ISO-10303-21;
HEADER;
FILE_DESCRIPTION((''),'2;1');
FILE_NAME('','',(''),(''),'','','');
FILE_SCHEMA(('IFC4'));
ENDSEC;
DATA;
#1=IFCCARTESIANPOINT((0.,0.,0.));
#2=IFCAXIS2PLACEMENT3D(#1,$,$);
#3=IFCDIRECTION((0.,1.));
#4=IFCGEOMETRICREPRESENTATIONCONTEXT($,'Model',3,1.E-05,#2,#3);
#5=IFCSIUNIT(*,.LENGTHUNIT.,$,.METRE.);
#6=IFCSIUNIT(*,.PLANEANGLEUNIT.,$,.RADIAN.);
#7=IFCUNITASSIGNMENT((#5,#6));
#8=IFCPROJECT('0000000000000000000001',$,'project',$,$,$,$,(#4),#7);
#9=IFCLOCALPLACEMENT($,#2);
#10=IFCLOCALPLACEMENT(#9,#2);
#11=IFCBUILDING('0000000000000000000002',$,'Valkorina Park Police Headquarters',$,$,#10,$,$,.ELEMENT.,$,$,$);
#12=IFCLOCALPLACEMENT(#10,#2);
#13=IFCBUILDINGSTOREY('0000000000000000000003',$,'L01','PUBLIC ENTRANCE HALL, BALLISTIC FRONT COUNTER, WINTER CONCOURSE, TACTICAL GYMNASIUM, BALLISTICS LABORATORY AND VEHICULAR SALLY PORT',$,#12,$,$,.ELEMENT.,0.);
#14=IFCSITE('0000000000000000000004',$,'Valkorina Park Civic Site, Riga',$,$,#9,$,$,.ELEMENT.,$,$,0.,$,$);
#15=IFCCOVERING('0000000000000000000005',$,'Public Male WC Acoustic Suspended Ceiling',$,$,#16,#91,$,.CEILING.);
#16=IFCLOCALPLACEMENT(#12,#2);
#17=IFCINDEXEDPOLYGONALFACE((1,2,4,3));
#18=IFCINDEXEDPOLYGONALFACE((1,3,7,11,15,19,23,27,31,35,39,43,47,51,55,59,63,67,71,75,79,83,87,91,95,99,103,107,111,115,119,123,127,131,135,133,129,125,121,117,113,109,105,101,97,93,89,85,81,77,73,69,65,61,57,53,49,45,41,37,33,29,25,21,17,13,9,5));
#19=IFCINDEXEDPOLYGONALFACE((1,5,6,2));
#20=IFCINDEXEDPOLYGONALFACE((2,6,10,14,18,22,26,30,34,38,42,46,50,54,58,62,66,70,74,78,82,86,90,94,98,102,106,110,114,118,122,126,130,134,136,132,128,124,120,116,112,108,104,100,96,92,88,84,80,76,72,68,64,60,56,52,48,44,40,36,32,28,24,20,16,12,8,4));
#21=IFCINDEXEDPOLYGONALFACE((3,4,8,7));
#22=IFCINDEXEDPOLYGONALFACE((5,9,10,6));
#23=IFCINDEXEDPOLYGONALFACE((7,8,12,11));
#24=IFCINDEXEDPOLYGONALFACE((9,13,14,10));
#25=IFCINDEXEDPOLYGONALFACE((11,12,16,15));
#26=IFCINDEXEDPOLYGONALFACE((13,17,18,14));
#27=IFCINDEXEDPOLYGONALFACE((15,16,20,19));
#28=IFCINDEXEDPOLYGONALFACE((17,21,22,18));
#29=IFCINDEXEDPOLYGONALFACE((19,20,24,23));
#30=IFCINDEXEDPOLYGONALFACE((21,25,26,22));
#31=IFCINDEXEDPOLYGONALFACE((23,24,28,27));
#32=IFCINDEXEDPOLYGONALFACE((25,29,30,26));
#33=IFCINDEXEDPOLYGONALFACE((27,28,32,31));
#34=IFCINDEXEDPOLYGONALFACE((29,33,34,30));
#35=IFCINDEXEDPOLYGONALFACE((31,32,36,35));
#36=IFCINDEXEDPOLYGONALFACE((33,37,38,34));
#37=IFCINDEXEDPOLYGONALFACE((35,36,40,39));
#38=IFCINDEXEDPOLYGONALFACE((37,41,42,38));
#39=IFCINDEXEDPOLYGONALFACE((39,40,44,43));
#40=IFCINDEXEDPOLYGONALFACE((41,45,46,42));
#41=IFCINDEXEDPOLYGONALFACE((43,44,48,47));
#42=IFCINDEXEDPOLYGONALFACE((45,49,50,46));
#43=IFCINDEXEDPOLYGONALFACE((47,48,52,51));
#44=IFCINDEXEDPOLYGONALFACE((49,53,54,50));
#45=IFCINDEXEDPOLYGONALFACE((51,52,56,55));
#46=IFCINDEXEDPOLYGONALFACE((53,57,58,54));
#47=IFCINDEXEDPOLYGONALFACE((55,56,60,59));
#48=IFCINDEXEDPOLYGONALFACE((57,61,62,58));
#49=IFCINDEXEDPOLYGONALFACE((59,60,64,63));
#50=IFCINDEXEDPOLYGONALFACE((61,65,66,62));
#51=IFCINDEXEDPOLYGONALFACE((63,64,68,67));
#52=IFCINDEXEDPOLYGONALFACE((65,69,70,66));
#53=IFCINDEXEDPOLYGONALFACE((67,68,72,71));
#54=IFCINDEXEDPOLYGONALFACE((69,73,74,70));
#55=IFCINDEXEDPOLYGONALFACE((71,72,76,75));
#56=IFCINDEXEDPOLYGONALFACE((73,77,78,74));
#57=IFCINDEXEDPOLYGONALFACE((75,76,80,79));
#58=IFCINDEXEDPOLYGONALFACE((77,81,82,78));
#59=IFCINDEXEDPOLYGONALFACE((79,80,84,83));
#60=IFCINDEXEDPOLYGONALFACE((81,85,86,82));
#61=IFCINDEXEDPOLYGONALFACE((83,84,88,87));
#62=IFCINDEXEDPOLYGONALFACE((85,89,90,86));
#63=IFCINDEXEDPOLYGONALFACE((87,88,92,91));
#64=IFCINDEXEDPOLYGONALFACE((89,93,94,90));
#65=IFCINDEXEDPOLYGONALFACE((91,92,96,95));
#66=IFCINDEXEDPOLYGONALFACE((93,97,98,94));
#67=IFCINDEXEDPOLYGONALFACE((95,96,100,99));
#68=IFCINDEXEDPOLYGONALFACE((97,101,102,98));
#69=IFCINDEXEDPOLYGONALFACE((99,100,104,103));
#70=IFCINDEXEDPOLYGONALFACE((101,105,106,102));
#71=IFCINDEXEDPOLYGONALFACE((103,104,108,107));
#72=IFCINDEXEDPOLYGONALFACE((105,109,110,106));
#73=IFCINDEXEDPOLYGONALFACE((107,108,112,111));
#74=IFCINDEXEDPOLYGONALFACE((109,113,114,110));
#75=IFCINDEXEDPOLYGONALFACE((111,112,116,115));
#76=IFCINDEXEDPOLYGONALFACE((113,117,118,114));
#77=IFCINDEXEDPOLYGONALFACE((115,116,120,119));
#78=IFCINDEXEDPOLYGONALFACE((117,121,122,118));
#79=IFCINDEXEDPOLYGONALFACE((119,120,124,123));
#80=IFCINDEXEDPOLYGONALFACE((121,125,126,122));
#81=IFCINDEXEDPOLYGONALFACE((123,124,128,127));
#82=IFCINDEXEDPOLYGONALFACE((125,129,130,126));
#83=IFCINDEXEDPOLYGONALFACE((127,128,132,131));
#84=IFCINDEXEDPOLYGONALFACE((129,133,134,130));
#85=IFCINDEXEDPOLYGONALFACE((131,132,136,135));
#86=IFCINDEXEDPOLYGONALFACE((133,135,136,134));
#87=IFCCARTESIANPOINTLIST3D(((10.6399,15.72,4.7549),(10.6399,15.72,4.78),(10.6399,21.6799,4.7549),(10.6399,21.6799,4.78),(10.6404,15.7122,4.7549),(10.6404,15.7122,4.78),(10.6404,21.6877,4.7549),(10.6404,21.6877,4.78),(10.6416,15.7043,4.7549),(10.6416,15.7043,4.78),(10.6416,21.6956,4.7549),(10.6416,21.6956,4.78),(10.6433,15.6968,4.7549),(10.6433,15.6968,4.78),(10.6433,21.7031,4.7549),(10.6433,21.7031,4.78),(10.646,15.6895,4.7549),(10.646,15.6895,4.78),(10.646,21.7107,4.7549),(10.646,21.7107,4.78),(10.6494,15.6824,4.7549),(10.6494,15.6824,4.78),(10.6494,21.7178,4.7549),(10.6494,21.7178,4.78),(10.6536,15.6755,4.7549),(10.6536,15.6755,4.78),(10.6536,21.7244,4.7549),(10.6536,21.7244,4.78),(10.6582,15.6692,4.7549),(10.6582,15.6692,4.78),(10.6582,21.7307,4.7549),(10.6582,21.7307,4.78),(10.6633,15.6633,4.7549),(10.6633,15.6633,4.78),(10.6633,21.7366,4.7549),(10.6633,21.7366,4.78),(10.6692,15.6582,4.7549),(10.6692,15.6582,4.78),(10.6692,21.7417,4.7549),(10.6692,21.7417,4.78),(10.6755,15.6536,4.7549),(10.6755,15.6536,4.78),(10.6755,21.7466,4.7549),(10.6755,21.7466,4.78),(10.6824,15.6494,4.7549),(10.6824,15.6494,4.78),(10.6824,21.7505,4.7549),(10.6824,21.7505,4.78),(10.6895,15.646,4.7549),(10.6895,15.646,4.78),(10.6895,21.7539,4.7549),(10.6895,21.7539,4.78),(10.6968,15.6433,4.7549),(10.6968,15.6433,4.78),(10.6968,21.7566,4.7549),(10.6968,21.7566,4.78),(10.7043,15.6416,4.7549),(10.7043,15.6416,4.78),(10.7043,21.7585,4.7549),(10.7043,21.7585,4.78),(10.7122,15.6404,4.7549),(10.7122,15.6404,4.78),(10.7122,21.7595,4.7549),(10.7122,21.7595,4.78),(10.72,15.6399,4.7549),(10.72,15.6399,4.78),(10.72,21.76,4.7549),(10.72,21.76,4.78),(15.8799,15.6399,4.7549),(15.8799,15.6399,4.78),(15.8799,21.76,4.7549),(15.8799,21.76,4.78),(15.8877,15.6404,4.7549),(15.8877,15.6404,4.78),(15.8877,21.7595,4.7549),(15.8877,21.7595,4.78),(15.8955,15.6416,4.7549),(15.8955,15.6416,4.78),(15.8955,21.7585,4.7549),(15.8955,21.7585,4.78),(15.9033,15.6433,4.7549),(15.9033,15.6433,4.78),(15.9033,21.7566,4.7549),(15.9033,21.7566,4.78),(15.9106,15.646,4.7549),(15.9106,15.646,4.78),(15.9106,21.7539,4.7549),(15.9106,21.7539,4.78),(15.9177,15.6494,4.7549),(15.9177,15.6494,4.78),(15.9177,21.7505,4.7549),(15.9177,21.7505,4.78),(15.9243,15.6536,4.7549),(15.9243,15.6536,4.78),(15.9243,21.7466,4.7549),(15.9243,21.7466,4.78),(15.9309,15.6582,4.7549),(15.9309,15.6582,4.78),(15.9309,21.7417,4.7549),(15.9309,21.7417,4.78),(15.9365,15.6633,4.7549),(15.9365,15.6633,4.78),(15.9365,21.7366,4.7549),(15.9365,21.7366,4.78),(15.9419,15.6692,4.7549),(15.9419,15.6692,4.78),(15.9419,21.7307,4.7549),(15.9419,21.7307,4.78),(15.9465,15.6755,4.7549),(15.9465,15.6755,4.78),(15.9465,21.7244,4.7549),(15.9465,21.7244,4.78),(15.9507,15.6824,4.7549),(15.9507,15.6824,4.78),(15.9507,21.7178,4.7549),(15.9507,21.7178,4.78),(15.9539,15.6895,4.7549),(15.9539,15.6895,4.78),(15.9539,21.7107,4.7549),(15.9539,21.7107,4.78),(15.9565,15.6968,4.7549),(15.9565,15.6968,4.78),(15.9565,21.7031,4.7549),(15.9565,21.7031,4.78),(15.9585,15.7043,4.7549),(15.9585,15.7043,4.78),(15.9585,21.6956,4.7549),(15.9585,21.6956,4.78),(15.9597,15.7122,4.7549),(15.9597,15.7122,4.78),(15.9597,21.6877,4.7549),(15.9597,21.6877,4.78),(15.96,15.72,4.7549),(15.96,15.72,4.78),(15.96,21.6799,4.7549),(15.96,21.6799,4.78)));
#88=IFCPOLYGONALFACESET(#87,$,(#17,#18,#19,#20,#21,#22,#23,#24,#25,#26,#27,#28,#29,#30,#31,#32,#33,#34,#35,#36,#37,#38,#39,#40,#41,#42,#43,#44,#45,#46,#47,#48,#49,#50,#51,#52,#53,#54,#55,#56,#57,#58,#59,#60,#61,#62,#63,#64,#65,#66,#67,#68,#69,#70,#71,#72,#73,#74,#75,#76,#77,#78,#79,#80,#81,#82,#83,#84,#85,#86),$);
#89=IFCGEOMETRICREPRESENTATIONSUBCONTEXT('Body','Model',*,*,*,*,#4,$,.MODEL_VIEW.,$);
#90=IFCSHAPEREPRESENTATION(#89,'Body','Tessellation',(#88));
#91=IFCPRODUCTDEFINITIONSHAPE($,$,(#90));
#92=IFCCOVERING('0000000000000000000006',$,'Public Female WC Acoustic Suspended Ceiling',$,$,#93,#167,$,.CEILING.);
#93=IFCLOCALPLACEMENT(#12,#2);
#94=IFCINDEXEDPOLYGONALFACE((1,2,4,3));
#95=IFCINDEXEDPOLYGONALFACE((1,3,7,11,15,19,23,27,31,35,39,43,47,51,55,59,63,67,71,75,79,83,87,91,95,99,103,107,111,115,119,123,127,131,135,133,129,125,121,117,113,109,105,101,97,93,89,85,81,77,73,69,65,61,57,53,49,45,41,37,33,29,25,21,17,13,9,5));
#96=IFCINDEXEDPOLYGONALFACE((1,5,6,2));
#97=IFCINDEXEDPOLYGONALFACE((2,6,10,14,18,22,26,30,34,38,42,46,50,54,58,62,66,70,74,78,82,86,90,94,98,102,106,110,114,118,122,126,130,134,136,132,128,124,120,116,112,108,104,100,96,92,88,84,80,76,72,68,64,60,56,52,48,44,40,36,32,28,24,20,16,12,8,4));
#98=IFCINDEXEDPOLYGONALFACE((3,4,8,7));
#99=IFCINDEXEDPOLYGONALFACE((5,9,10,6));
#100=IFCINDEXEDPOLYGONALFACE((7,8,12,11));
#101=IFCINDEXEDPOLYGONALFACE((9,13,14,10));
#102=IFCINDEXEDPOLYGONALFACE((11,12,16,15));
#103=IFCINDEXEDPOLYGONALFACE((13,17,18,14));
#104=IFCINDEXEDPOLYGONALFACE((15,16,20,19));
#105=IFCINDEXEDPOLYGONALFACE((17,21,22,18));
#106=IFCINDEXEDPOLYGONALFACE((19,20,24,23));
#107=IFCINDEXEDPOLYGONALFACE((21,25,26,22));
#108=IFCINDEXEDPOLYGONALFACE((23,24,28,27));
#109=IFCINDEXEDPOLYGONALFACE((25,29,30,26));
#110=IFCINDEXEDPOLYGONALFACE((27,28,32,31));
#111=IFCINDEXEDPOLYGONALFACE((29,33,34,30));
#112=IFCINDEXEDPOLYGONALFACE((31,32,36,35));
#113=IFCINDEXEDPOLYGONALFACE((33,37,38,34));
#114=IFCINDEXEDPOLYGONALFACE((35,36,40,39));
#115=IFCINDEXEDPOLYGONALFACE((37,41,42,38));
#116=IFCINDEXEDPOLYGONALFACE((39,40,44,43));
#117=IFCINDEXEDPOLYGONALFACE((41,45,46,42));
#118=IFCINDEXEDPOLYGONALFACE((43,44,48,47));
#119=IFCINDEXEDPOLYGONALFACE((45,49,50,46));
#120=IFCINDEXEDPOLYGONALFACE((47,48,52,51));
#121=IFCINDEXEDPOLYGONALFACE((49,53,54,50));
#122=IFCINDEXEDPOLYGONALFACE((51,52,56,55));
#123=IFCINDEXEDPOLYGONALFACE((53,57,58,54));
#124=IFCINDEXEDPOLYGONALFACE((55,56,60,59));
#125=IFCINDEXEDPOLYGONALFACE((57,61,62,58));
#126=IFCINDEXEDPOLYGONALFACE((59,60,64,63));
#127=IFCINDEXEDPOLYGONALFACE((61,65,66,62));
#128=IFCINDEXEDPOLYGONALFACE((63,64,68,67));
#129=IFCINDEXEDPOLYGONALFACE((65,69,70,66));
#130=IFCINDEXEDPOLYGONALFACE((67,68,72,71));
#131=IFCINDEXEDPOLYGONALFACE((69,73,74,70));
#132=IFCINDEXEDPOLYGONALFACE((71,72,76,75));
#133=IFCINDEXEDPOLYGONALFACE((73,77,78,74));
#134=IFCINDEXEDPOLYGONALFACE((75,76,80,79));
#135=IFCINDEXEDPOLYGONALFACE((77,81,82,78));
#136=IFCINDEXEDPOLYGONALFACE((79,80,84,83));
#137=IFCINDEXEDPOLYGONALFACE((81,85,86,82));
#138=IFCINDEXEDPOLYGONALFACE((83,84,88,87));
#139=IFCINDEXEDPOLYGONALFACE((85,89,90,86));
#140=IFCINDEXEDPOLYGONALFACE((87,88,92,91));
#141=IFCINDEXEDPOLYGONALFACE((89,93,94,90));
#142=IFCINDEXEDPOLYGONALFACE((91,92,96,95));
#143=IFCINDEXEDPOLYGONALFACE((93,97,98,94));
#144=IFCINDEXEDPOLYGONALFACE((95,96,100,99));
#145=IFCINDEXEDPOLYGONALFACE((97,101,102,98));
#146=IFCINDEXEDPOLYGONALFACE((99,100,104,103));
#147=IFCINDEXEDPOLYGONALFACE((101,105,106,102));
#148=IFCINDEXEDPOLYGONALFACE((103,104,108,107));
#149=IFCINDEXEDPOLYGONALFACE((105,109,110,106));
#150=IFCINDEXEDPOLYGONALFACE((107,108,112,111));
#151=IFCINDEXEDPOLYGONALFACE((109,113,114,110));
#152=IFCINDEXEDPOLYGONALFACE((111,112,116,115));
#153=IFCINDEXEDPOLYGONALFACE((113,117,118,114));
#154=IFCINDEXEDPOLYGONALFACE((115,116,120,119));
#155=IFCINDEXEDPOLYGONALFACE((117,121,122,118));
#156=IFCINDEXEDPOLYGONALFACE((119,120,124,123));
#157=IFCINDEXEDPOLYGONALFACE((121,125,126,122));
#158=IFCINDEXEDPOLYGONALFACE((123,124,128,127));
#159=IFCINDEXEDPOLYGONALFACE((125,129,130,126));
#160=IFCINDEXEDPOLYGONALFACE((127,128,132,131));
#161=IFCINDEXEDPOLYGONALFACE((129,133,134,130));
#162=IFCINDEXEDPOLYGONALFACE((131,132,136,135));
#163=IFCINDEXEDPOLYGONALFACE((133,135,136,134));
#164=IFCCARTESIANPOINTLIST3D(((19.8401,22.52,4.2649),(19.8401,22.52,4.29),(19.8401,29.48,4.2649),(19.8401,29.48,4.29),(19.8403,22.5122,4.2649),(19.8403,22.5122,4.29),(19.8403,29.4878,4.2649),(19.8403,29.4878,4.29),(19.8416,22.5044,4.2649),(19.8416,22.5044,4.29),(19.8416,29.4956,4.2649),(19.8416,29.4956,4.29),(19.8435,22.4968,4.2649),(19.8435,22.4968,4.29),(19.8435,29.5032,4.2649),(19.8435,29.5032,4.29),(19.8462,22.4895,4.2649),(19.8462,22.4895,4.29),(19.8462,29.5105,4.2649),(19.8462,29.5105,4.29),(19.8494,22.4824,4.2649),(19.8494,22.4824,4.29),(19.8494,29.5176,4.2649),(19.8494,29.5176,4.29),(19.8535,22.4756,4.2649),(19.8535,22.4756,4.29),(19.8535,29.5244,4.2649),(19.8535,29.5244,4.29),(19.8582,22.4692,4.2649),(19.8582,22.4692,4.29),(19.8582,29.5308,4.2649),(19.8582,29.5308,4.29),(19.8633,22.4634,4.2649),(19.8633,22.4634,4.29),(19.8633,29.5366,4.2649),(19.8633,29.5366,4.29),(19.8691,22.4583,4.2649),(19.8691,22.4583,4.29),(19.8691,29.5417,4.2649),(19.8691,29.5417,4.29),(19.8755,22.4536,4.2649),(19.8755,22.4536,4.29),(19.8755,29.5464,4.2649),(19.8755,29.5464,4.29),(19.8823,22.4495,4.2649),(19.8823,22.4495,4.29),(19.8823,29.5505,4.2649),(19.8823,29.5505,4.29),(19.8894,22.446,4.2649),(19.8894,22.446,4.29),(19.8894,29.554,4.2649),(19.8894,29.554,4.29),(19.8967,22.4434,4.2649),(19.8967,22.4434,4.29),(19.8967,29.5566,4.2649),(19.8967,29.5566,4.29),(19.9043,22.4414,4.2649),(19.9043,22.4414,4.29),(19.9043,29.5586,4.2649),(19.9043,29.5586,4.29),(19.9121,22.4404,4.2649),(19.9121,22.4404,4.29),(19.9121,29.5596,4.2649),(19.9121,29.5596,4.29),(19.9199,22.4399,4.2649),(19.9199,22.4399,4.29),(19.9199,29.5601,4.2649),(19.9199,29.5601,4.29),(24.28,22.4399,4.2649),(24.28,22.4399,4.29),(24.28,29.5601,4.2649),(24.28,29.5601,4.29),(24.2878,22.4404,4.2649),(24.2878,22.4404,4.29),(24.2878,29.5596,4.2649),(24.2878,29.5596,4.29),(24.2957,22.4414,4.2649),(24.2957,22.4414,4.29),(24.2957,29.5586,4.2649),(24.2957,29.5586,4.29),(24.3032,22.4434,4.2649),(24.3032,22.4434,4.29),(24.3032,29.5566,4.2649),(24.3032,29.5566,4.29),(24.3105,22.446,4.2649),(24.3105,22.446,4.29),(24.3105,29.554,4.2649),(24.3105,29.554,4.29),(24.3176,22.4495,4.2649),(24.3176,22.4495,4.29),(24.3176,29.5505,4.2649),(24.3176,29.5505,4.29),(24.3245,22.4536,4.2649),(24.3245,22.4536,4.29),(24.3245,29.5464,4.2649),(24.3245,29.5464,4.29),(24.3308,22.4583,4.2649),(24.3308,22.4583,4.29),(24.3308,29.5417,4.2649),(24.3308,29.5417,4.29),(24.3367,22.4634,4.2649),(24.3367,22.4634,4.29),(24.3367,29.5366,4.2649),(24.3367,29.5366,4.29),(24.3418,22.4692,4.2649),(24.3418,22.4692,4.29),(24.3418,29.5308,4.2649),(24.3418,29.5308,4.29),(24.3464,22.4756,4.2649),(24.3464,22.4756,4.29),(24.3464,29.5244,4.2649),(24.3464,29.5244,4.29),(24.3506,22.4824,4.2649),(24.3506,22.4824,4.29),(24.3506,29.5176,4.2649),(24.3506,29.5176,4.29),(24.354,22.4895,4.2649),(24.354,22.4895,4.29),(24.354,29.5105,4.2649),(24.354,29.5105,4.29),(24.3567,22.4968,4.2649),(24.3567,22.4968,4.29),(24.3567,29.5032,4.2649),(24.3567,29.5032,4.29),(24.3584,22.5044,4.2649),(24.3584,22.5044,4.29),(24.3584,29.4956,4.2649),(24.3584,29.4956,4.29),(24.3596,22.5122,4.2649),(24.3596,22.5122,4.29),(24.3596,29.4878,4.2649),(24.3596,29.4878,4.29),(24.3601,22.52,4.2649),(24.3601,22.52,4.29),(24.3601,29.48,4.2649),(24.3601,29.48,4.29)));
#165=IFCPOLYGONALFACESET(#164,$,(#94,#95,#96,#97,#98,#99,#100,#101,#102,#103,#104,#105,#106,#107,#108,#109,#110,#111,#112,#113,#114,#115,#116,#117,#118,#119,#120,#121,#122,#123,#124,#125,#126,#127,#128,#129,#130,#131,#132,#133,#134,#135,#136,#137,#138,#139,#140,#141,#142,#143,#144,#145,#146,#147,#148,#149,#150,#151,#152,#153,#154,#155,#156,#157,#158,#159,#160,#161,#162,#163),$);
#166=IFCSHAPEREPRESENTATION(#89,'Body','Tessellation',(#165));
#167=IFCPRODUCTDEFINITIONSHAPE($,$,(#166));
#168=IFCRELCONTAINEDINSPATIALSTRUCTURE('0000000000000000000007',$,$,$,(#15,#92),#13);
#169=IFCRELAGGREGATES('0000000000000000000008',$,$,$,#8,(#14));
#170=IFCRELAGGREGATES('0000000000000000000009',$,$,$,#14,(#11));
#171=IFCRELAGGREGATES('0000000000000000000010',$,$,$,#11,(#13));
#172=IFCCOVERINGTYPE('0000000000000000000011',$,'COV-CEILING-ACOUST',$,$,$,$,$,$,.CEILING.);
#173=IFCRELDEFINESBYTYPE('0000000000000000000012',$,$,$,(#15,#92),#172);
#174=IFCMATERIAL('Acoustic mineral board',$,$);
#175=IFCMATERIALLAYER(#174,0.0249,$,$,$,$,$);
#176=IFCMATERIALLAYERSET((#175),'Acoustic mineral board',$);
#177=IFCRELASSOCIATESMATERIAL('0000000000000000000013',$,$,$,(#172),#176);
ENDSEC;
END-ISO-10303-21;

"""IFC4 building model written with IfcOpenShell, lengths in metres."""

from ifc_helpers import new_model, si_unit, direction, frame, origin, place, context, subcontext, project, spatial, polyline, outline, extrude, material, layer, layer_set, type_object, element, save


model = new_model("IFC4")

# Units and contexts
model_context = context("Model", 3, precision=1e-05, world=origin(), true_north=direction((0.0, 1.0)))
body_context = subcontext(model_context, "Body", "Model", "MODEL_VIEW")
ifc_project = project(units=[si_unit("LENGTHUNIT", "METRE"), si_unit("PLANEANGLEUNIT", "RADIAN")], contexts=[model_context])

# Site, building, storey
site_placement = place(None, origin())
site = spatial("IfcSite", under=ifc_project, at=site_placement, Name="Valkorina Park Civic Site, Riga", CompositionType="ELEMENT", RefElevation=0.0)
building_placement = place(site_placement, origin())
building = spatial("IfcBuilding", under=site, at=building_placement, Name="Valkorina Park Police Headquarters", CompositionType="ELEMENT")
storey_placement = place(building_placement, origin())
storey = spatial("IfcBuildingStorey", under=building, at=storey_placement, Name="L01", Description="PUBLIC ENTRANCE HALL, BALLISTIC FRONT COUNTER, WINTER CONCOURSE, TACTICAL GYMNASIUM, BALLISTICS LABORATORY AND VEHICULAR SALLY PORT", CompositionType="ELEMENT", Elevation=0.0)

# Coverings
ifc_material_1 = material(Name="Acoustic mineral board")
ifc_layer_1 = layer(ifc_material_1, 0.0249)
ifc_layer_set_1 = layer_set([ifc_layer_1], Name="Acoustic mineral board")
covering_type_1 = type_object("IfcCoveringType", Name="COV-CEILING-ACOUST", PredefinedType="CEILING", material=ifc_layer_set_1)
covering_1_placement = place(storey_placement, frame((0.0, 0.0, 4.7549)))
element("IfcCovering", 1, at=covering_1_placement, inside=storey, type_object=covering_type_1, Name="Public Male WC Acoustic Suspended Ceiling", PredefinedType="CEILING", context=body_context, shape_type="SweptSolid", body=[
    extrude(outline(polyline([(15.9585, 15.7043), (15.9597, 15.7122), (15.96, 15.72), (15.96, 21.6799), (15.9597, 21.6877), (15.9585, 21.6956), (15.9565, 21.7031), (15.9539, 21.7107), (15.9507, 21.7178), (15.9465, 21.7244), (15.9419, 21.7307), (15.9365, 21.7366), (15.9309, 21.7417), (15.9243, 21.7466), (15.9177, 21.7505), (15.9106, 21.7539), (15.9033, 21.7566), (15.8955, 21.7585), (15.8877, 21.7595), (15.8799, 21.76), (10.72, 21.76), (10.7122, 21.7595), (10.7043, 21.7585), (10.6968, 21.7566), (10.6895, 21.7539), (10.6824, 21.7505), (10.6755, 21.7466), (10.6692, 21.7417), (10.6633, 21.7366), (10.6582, 21.7307), (10.6536, 21.7244), (10.6494, 21.7178), (10.646, 21.7107), (10.6433, 21.7031), (10.6416, 21.6956), (10.6404, 21.6877), (10.6399, 21.6799), (10.6399, 15.72), (10.6404, 15.7122), (10.6416, 15.7043), (10.6433, 15.6968), (10.646, 15.6895), (10.6494, 15.6824), (10.6536, 15.6755), (10.6582, 15.6692), (10.6633, 15.6633), (10.6692, 15.6582), (10.6755, 15.6536), (10.6824, 15.6494), (10.6895, 15.646), (10.6968, 15.6433), (10.7043, 15.6416), (10.7122, 15.6404), (10.72, 15.6399), (15.8799, 15.6399), (15.8877, 15.6404), (15.8955, 15.6416), (15.9033, 15.6433), (15.9106, 15.646), (15.9177, 15.6494), (15.9243, 15.6536), (15.9309, 15.6582), (15.9365, 15.6633), (15.9419, 15.6692), (15.9465, 15.6755), (15.9507, 15.6824), (15.9539, 15.6895), (15.9565, 15.6968), (15.9585, 15.7043)])), origin(), (0.0, 0.0, 1.0), 0.0251),
])
covering_2_placement = place(storey_placement, frame((0.0, 0.0, 4.2649)))
element("IfcCovering", 2, at=covering_2_placement, inside=storey, type_object=covering_type_1, Name="Public Female WC Acoustic Suspended Ceiling", PredefinedType="CEILING", context=body_context, shape_type="SweptSolid", body=[
    extrude(outline(polyline([(24.3584, 22.5044), (24.3596, 22.5122), (24.3601, 22.52), (24.3601, 29.48), (24.3596, 29.4878), (24.3584, 29.4956), (24.3567, 29.5032), (24.354, 29.5105), (24.3506, 29.5176), (24.3464, 29.5244), (24.3418, 29.5308), (24.3367, 29.5366), (24.3308, 29.5417), (24.3245, 29.5464), (24.3176, 29.5505), (24.3105, 29.554), (24.3032, 29.5566), (24.2957, 29.5586), (24.2878, 29.5596), (24.28, 29.5601), (19.9199, 29.5601), (19.9121, 29.5596), (19.9043, 29.5586), (19.8967, 29.5566), (19.8894, 29.554), (19.8823, 29.5505), (19.8755, 29.5464), (19.8691, 29.5417), (19.8633, 29.5366), (19.8582, 29.5308), (19.8535, 29.5244), (19.8494, 29.5176), (19.8462, 29.5105), (19.8435, 29.5032), (19.8416, 29.4956), (19.8403, 29.4878), (19.8401, 29.48), (19.8401, 22.52), (19.8403, 22.5122), (19.8416, 22.5044), (19.8435, 22.4968), (19.8462, 22.4895), (19.8494, 22.4824), (19.8535, 22.4756), (19.8582, 22.4692), (19.8633, 22.4634), (19.8691, 22.4583), (19.8755, 22.4536), (19.8823, 22.4495), (19.8894, 22.446), (19.8967, 22.4434), (19.9043, 22.4414), (19.9121, 22.4404), (19.9199, 22.4399), (24.28, 22.4399), (24.2878, 22.4404), (24.2957, 22.4414), (24.3032, 22.4434), (24.3105, 22.446), (24.3176, 22.4495), (24.3245, 22.4536), (24.3308, 22.4583), (24.3367, 22.4634), (24.3418, 22.4692), (24.3464, 22.4756), (24.3506, 22.4824), (24.354, 22.4895), (24.3567, 22.4968), (24.3584, 22.5044)])), origin(), (0.0, 0.0, 1.0), 0.0251),
])

save(model, "model.ifc")
